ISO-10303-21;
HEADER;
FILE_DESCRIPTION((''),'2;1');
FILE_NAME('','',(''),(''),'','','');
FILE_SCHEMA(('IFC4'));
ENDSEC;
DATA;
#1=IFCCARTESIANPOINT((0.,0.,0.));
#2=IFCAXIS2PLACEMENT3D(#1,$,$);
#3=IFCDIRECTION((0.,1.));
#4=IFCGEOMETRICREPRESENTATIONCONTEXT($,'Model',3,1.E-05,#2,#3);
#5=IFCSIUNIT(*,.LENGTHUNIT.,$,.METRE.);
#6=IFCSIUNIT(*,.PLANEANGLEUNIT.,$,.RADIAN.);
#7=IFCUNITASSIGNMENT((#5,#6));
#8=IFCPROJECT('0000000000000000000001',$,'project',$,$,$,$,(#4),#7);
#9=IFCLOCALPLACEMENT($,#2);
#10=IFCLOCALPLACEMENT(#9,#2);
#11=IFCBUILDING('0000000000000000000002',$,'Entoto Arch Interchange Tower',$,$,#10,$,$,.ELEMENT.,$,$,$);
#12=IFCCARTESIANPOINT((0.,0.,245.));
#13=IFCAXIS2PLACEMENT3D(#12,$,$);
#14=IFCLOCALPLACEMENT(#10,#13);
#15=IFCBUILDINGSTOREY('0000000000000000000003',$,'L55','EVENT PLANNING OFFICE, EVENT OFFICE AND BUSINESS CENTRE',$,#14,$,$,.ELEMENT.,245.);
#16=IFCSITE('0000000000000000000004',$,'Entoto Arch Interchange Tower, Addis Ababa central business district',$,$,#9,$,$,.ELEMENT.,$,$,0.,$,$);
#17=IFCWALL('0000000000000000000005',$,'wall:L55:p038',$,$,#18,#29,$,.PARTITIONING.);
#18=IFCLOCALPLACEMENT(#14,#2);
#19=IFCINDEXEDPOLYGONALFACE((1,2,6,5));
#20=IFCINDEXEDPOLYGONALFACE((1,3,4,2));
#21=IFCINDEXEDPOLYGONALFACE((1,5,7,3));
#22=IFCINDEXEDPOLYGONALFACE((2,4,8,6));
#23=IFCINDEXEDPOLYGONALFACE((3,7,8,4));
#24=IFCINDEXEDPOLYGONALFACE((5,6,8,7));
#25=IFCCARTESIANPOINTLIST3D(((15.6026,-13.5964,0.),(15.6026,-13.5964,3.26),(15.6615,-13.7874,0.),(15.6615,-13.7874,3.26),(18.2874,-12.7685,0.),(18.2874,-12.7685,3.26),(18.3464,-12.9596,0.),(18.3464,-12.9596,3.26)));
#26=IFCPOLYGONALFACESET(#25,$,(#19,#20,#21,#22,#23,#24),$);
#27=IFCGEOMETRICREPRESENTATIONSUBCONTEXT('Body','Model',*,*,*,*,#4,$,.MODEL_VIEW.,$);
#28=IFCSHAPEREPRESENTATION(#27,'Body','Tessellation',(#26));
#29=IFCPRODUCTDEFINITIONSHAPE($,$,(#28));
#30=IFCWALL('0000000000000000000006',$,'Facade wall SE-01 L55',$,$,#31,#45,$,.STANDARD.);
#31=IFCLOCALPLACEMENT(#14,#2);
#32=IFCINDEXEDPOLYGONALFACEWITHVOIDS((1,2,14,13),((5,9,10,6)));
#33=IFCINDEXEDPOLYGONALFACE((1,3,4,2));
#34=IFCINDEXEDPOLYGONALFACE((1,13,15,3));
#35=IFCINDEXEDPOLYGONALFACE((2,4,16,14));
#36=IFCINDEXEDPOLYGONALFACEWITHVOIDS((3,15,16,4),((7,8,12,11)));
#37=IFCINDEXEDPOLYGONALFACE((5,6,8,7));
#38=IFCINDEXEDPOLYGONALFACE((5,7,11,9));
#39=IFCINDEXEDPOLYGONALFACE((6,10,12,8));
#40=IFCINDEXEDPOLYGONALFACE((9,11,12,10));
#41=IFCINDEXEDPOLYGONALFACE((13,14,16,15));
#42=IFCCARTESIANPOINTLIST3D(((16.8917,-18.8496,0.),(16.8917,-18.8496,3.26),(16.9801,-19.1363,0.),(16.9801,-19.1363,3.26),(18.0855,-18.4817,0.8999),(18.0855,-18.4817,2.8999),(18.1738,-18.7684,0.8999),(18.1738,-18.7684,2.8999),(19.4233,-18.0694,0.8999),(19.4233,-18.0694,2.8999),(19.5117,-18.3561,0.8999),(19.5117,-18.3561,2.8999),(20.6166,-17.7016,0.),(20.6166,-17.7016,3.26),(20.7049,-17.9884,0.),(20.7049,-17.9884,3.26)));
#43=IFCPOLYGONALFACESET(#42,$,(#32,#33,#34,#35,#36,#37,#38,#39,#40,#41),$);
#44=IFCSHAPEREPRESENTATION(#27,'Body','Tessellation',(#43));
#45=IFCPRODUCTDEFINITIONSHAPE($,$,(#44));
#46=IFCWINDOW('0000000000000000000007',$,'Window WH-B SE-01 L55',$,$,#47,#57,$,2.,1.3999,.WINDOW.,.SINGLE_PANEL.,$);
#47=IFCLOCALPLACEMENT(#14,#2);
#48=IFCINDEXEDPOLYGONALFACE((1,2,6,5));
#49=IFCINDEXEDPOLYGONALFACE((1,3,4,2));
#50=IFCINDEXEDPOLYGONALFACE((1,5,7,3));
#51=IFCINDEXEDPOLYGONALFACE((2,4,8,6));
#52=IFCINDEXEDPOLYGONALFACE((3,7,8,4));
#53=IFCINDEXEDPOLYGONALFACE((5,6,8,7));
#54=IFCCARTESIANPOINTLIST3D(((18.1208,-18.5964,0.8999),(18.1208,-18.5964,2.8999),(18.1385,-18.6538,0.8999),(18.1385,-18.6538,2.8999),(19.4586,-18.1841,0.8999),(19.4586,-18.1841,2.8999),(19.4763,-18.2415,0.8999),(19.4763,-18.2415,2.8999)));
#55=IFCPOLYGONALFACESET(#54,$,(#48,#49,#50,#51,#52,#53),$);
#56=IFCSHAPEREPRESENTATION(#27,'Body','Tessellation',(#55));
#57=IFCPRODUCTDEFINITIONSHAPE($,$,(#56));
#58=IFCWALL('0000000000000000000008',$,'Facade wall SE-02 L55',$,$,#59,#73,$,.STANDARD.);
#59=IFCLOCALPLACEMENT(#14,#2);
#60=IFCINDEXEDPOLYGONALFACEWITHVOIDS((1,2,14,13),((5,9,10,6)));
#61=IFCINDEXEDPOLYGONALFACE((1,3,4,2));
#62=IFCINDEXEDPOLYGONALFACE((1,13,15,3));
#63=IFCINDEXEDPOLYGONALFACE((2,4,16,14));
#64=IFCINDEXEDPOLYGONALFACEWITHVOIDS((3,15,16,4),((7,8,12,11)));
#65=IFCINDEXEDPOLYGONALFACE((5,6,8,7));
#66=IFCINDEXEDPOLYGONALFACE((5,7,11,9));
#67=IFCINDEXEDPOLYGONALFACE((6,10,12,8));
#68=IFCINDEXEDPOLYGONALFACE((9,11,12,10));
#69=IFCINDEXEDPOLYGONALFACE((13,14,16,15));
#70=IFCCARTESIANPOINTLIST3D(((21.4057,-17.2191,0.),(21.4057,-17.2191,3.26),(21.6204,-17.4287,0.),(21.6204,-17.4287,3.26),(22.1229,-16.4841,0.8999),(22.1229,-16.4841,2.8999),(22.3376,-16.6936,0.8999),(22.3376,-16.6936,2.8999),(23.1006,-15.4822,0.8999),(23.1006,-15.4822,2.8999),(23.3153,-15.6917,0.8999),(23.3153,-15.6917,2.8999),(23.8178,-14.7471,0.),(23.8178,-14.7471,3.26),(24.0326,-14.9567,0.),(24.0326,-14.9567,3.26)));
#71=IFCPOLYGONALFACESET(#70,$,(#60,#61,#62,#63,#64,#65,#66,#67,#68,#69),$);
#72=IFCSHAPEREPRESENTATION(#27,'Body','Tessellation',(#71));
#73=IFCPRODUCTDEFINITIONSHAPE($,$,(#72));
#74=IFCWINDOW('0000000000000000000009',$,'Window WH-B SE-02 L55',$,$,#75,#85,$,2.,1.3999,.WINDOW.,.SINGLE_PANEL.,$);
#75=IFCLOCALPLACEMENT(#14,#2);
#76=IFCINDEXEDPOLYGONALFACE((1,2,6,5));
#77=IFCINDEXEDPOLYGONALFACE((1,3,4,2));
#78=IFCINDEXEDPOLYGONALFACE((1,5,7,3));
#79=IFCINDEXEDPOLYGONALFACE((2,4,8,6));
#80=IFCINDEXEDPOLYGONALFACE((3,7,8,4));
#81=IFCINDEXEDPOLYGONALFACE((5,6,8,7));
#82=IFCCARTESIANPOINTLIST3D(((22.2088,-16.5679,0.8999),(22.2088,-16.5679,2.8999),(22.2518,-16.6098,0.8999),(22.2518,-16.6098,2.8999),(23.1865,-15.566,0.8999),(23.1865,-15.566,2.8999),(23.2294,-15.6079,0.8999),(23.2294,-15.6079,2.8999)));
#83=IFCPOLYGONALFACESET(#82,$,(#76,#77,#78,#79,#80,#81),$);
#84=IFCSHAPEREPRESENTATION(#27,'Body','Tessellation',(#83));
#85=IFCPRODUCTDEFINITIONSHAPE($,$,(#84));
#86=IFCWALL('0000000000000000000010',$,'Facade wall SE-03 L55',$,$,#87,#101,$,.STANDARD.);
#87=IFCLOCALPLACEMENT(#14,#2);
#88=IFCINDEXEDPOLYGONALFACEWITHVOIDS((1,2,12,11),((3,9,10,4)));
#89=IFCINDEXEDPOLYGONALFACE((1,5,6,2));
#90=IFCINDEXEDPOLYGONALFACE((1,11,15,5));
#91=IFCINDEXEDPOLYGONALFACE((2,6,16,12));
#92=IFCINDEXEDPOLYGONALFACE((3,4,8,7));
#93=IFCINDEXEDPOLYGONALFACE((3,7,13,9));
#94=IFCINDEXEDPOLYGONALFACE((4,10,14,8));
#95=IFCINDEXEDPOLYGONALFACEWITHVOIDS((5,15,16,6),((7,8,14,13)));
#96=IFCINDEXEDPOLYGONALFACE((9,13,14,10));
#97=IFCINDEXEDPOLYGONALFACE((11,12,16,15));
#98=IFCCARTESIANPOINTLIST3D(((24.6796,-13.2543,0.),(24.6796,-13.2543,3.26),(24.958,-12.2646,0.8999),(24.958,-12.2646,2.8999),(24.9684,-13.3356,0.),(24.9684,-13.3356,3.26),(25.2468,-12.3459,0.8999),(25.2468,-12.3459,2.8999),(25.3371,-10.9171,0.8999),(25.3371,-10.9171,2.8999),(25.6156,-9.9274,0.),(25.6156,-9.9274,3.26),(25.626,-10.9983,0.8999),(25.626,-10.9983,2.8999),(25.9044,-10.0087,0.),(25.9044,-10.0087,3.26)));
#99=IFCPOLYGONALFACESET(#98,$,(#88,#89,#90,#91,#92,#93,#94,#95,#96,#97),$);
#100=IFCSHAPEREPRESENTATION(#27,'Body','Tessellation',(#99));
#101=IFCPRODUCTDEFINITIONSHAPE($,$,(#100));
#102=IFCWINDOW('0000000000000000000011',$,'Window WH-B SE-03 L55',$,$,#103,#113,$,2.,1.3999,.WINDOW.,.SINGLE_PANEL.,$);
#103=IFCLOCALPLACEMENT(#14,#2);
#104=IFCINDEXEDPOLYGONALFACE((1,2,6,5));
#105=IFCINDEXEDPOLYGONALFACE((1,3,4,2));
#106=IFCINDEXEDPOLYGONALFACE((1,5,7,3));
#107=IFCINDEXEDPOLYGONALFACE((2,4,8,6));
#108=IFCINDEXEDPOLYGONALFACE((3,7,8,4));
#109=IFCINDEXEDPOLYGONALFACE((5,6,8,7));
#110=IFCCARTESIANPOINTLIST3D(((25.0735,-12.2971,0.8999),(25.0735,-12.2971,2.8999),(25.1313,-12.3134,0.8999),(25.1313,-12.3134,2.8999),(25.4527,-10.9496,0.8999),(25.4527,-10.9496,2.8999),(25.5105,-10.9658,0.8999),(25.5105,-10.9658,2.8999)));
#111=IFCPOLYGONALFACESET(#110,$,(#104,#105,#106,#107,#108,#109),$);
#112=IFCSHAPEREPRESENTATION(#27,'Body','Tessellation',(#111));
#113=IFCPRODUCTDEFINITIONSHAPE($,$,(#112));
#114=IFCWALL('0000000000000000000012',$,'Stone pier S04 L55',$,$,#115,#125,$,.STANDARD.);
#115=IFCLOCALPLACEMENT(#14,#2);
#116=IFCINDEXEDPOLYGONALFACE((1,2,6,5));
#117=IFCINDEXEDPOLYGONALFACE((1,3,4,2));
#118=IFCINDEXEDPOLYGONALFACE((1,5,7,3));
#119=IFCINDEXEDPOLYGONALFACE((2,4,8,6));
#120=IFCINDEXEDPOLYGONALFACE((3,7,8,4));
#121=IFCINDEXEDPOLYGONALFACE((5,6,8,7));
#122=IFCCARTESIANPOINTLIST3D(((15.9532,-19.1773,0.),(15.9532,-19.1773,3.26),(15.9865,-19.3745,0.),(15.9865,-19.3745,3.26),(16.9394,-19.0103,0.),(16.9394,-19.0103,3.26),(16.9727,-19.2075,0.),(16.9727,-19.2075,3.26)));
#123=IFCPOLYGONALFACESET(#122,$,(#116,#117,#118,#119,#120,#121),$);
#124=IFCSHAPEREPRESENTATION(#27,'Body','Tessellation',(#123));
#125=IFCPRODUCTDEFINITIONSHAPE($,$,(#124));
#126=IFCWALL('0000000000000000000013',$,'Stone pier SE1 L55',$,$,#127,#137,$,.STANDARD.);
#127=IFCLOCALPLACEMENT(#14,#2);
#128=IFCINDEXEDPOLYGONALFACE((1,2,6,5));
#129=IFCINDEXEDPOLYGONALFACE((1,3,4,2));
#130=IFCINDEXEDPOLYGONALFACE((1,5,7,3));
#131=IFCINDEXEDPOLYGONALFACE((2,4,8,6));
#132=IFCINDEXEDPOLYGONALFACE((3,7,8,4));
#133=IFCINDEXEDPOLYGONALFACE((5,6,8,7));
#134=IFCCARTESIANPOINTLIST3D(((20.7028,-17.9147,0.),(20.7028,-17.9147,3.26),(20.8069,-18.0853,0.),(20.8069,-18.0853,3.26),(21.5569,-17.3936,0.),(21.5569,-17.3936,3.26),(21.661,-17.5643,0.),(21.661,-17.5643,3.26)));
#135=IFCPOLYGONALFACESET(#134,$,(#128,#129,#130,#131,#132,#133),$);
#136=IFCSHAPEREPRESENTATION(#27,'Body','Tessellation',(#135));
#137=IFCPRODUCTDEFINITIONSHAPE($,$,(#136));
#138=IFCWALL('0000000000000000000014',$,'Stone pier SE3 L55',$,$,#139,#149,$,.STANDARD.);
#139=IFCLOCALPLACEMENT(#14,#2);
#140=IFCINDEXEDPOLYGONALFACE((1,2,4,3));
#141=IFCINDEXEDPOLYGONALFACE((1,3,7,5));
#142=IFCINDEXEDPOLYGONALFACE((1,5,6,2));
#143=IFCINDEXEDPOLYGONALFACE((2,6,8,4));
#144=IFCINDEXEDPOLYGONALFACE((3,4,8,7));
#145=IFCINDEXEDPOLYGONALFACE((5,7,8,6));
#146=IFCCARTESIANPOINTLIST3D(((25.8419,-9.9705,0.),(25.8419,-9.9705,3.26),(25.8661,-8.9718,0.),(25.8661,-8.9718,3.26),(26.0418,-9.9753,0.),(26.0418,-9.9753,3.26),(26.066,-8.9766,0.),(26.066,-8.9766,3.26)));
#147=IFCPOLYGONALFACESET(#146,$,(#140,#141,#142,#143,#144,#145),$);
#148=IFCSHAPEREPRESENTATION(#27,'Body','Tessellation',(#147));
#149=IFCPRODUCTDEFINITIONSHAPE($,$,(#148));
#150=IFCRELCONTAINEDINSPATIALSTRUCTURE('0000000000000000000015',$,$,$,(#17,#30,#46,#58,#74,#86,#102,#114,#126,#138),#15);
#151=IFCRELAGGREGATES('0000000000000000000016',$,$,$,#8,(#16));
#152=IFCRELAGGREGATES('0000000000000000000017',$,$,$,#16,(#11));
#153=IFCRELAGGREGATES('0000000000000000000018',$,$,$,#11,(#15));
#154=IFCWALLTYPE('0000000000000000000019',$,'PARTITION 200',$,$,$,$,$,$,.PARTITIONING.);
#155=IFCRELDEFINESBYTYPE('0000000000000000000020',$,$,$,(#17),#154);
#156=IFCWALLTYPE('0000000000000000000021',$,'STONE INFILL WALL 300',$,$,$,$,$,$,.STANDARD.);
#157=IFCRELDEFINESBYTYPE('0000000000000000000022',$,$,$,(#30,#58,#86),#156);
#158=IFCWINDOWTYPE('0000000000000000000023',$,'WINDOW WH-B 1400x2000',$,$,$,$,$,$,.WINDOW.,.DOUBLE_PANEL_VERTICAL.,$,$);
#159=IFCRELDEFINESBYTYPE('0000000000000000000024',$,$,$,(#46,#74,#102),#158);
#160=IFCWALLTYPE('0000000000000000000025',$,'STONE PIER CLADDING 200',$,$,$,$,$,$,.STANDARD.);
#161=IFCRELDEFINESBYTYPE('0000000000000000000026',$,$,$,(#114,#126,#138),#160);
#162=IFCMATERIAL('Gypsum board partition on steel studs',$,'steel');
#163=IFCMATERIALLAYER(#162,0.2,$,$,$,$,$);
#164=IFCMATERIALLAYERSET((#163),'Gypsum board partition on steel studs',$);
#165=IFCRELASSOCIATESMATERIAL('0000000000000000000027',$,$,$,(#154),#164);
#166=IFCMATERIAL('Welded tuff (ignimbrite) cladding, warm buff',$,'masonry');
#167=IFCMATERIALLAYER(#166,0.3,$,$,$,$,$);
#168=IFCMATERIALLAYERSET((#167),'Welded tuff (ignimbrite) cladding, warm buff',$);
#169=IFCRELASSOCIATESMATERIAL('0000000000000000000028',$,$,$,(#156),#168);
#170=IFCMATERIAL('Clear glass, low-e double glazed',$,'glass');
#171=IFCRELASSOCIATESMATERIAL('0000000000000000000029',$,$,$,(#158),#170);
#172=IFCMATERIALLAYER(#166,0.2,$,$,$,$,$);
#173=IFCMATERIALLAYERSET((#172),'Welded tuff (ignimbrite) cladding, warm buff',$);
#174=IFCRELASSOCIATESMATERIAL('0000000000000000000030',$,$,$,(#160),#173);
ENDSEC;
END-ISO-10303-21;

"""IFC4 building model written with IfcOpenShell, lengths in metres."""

from ifc_helpers import new_model, si_unit, direction, frame, frame_2d, origin, place, context, subcontext, project, spatial, rectangle, extrude, material, layer, layer_set, type_object, element, fill, save


model = new_model("IFC4")

# Units and contexts
model_context = context("Model", 3, precision=1e-05, world=origin(), true_north=direction((0.0, 1.0)))
body_context = subcontext(model_context, "Body", "Model", "MODEL_VIEW")
ifc_project = project(units=[si_unit("LENGTHUNIT", "METRE"), si_unit("PLANEANGLEUNIT", "RADIAN")], contexts=[model_context])

# Site, building, storey
site_placement = place(None, origin())
site = spatial("IfcSite", under=ifc_project, at=site_placement, Name="Entoto Arch Interchange Tower, Addis Ababa central business district", CompositionType="ELEMENT", RefElevation=0.0)
building_placement = place(site_placement, origin())
building = spatial("IfcBuilding", under=site, at=building_placement, Name="Entoto Arch Interchange Tower", CompositionType="ELEMENT")
storey_placement = place(building_placement, frame((0.0, 0.0, 245.0)))
storey = spatial("IfcBuildingStorey", under=building, at=storey_placement, Name="L55", Description="EVENT PLANNING OFFICE, EVENT OFFICE AND BUSINESS CENTRE", CompositionType="ELEMENT", Elevation=245.0)

# Shared definitions
ifc_material_1 = material(Name="Gypsum board partition on steel studs", Category="steel")

# Shared definitions
ifc_layer_1 = layer(ifc_material_1, 0.2)
ifc_layer_set_1 = layer_set([ifc_layer_1], Name="Gypsum board partition on steel studs")
wall_type_1 = type_object("IfcWallType", Name="PARTITION 200", PredefinedType="PARTITIONING", material=ifc_layer_set_1)

# Wall
wall_1_placement = place(storey_placement, frame((18.3169, -12.864, 0.0), z_axis=(0.0, 0.0, 1.0), x_axis=(-0.9556, -0.294666, 0.0)))
element("IfcWall", 1, at=wall_1_placement, inside=storey, type_object=wall_type_1, Name="wall:L55:p038", PredefinedType="PARTITIONING", context=body_context, shape_type="SweptSolid", body=[
    extrude(rectangle(XDim=2.8096, YDim=0.2, at=frame_2d((1.4048, 0.0))), origin(), (0.0, 0.0, 1.0), 3.26),
])

# Walls, openings, windows
ifc_material_2 = material(Name="Welded tuff (ignimbrite) cladding, warm buff", Category="masonry")
ifc_layer_2 = layer(ifc_material_2, 0.3)
ifc_layer_set_2 = layer_set([ifc_layer_2], Name="Welded tuff (ignimbrite) cladding, warm buff")
wall_type_2 = type_object("IfcWallType", Name="STONE INFILL WALL 300", PredefinedType="STANDARD", material=ifc_layer_set_2)
wall_2_placement = place(storey_placement, frame((16.936, -18.9929, 0.0), z_axis=(0.0, 0.0, 1.0), x_axis=(0.955646, 0.294517, 0.0)))
wall_2 = element("IfcWall", 2, at=wall_2_placement, inside=storey, type_object=wall_type_2, Name="Facade wall SE-01 L55", PredefinedType="STANDARD", context=body_context, shape_type="SweptSolid", body=[
    extrude(rectangle(XDim=3.8977, YDim=0.3, at=frame_2d((1.9487, 0.0))), origin(), (0.0, 0.0, 1.0), 3.26),
])
opening_1_placement = place(wall_2_placement, frame((1.249, 0.0, 0.8999)))
opening_1 = element("IfcOpeningElement", 3, at=opening_1_placement, cuts=wall_2, PredefinedType="OPENING", context=body_context, shape_type="SweptSolid", body=[
    extrude(rectangle(XDim=1.3999, YDim=2.0, at=frame_2d((0.7, 1.0))), frame((0.0, 0.1602, 0.0), z_axis=(0.0, -1.0, 0.0), x_axis=(1.0, 0.0, 0.0)), (0.0, 0.0, 1.0), 0.3201),
])
ifc_material_3 = material(Name="Clear glass, low-e double glazed", Category="glass")
window_type = type_object("IfcWindowType", Name="WINDOW WH-B 1400x2000", PartitioningType="DOUBLE_PANEL_VERTICAL", PredefinedType="WINDOW", material=ifc_material_3)
window_1_placement = place(opening_1_placement, origin())
window_1 = element("IfcWindow", 4, at=window_1_placement, inside=storey, type_object=window_type, Name="Window WH-B SE-01 L55", OverallHeight=2.0, OverallWidth=1.3999, PartitioningType="SINGLE_PANEL", PredefinedType="WINDOW", context=body_context, shape_type="SweptSolid", body=[
    extrude(rectangle(XDim=1.3999, YDim=2.0, at=frame_2d((0.7, 1.0))), frame((0.0, 0.03, 0.0), z_axis=(0.0, -1.0, 0.0), x_axis=(1.0, 0.0, 0.0)), (0.0, 0.0, 1.0), 0.0601),
])
fill(opening_1, window_1)
wall_3_placement = place(storey_placement, frame((21.5129, -17.324, 0.0), z_axis=(0.0, 0.0, 1.0), x_axis=(0.698395, 0.715713, 0.0)))
wall_3 = element("IfcWall", 5, at=wall_3_placement, inside=storey, type_object=wall_type_2, Name="Facade wall SE-02 L55", PredefinedType="STANDARD", context=body_context, shape_type="SweptSolid", body=[
    extrude(rectangle(XDim=3.4539, YDim=0.3, at=frame_2d((1.7271, 0.0))), origin(), (0.0, 0.0, 1.0), 3.26),
])
opening_2_placement = place(wall_3_placement, frame((1.0271, 0.0, 0.8999)))
opening_2 = element("IfcOpeningElement", 6, at=opening_2_placement, cuts=wall_3, PredefinedType="OPENING", context=body_context, shape_type="SweptSolid", body=[
    extrude(rectangle(XDim=1.3999, YDim=2.0, at=frame_2d((0.7, 1.0))), frame((0.0, 0.1602, 0.0), z_axis=(0.0, -1.0, 0.0), x_axis=(1.0, 0.0, 0.0)), (0.0, 0.0, 1.0), 0.3201),
])
window_2_placement = place(opening_2_placement, origin())
window_2 = element("IfcWindow", 7, at=window_2_placement, inside=storey, type_object=window_type, Name="Window WH-B SE-02 L55", OverallHeight=2.0, OverallWidth=1.3999, PartitioningType="SINGLE_PANEL", PredefinedType="WINDOW", context=body_context, shape_type="SweptSolid", body=[
    extrude(rectangle(XDim=1.3999, YDim=2.0, at=frame_2d((0.7, 1.0))), frame((0.0, 0.03, 0.0), z_axis=(0.0, -1.0, 0.0), x_axis=(1.0, 0.0, 0.0)), (0.0, 0.0, 1.0), 0.0601),
])
fill(opening_2, window_2)
wall_4_placement = place(storey_placement, frame((24.824, -13.2949, 0.0), z_axis=(0.0, 0.0, 1.0), x_axis=(0.270838, 0.962625, 0.0)))
wall_4 = element("IfcWall", 8, at=wall_4_placement, inside=storey, type_object=wall_type_2, Name="Facade wall SE-03 L55", PredefinedType="STANDARD", context=body_context, shape_type="SweptSolid", body=[
    extrude(rectangle(XDim=3.4561, YDim=0.3, at=frame_2d((1.728, 0.0))), origin(), (0.0, 0.0, 1.0), 3.26),
])
opening_3_placement = place(wall_4_placement, frame((1.0281, 0.0, 0.8999)))
opening_3 = element("IfcOpeningElement", 9, at=opening_3_placement, cuts=wall_4, PredefinedType="OPENING", context=body_context, shape_type="SweptSolid", body=[
    extrude(rectangle(XDim=1.3999, YDim=2.0, at=frame_2d((0.7, 1.0))), frame((0.0, 0.1602, 0.0), z_axis=(0.0, -1.0, 0.0), x_axis=(1.0, 0.0, 0.0)), (0.0, 0.0, 1.0), 0.3201),
])
window_3_placement = place(opening_3_placement, origin())
window_3 = element("IfcWindow", 10, at=window_3_placement, inside=storey, type_object=window_type, Name="Window WH-B SE-03 L55", OverallHeight=2.0, OverallWidth=1.3999, PartitioningType="SINGLE_PANEL", PredefinedType="WINDOW", context=body_context, shape_type="SweptSolid", body=[
    extrude(rectangle(XDim=1.3999, YDim=2.0, at=frame_2d((0.7, 1.0))), frame((0.0, 0.03, 0.0), z_axis=(0.0, -1.0, 0.0), x_axis=(1.0, 0.0, 0.0)), (0.0, 0.0, 1.0), 0.0601),
])
fill(opening_3, window_3)

# Walls
ifc_layer_3 = layer(ifc_material_2, 0.2)
ifc_layer_set_3 = layer_set([ifc_layer_3], Name="Welded tuff (ignimbrite) cladding, warm buff")
wall_type_3 = type_object("IfcWallType", Name="STONE PIER CLADDING 200", PredefinedType="STANDARD", material=ifc_layer_set_3)
wall_5_placement = place(storey_placement, frame((15.97, -19.2759, 0.0), z_axis=(0.0, 0.0, 1.0), x_axis=(0.985962, 0.166971, 0.0)))
element("IfcWall", 11, at=wall_5_placement, inside=storey, type_object=wall_type_3, Name="Stone pier S04 L55", PredefinedType="STANDARD", context=body_context, shape_type="SweptSolid", body=[
    extrude(rectangle(XDim=1.0002, YDim=0.2, at=frame_2d((0.5, 0.0))), origin(), (0.0, 0.0, 1.0), 3.26),
])
wall_6_placement = place(storey_placement, frame((20.7549, -18.0, 0.0), z_axis=(0.0, 0.0, 1.0), x_axis=(0.85368, 0.520798, 0.0)))
element("IfcWall", 12, at=wall_6_placement, inside=storey, type_object=wall_type_3, Name="Stone pier SE1 L55", PredefinedType="STANDARD", context=body_context, shape_type="SweptSolid", body=[
    extrude(rectangle(XDim=1.0005, YDim=0.2, at=frame_2d((0.5002, 0.0))), origin(), (0.0, 0.0, 1.0), 3.26),
])
wall_7_placement = place(storey_placement, frame((25.9419, -9.9729, 0.0), z_axis=(0.0, 0.0, 1.0), x_axis=(0.024192, 0.999707, 0.0)))
element("IfcWall", 13, at=wall_7_placement, inside=storey, type_object=wall_type_3, Name="Stone pier SE3 L55", PredefinedType="STANDARD", context=body_context, shape_type="SweptSolid", body=[
    extrude(rectangle(XDim=0.999, YDim=0.2, at=frame_2d((0.4995, 0.0))), origin(), (0.0, 0.0, 1.0), 3.26),
])

save(model, "model.ifc")
